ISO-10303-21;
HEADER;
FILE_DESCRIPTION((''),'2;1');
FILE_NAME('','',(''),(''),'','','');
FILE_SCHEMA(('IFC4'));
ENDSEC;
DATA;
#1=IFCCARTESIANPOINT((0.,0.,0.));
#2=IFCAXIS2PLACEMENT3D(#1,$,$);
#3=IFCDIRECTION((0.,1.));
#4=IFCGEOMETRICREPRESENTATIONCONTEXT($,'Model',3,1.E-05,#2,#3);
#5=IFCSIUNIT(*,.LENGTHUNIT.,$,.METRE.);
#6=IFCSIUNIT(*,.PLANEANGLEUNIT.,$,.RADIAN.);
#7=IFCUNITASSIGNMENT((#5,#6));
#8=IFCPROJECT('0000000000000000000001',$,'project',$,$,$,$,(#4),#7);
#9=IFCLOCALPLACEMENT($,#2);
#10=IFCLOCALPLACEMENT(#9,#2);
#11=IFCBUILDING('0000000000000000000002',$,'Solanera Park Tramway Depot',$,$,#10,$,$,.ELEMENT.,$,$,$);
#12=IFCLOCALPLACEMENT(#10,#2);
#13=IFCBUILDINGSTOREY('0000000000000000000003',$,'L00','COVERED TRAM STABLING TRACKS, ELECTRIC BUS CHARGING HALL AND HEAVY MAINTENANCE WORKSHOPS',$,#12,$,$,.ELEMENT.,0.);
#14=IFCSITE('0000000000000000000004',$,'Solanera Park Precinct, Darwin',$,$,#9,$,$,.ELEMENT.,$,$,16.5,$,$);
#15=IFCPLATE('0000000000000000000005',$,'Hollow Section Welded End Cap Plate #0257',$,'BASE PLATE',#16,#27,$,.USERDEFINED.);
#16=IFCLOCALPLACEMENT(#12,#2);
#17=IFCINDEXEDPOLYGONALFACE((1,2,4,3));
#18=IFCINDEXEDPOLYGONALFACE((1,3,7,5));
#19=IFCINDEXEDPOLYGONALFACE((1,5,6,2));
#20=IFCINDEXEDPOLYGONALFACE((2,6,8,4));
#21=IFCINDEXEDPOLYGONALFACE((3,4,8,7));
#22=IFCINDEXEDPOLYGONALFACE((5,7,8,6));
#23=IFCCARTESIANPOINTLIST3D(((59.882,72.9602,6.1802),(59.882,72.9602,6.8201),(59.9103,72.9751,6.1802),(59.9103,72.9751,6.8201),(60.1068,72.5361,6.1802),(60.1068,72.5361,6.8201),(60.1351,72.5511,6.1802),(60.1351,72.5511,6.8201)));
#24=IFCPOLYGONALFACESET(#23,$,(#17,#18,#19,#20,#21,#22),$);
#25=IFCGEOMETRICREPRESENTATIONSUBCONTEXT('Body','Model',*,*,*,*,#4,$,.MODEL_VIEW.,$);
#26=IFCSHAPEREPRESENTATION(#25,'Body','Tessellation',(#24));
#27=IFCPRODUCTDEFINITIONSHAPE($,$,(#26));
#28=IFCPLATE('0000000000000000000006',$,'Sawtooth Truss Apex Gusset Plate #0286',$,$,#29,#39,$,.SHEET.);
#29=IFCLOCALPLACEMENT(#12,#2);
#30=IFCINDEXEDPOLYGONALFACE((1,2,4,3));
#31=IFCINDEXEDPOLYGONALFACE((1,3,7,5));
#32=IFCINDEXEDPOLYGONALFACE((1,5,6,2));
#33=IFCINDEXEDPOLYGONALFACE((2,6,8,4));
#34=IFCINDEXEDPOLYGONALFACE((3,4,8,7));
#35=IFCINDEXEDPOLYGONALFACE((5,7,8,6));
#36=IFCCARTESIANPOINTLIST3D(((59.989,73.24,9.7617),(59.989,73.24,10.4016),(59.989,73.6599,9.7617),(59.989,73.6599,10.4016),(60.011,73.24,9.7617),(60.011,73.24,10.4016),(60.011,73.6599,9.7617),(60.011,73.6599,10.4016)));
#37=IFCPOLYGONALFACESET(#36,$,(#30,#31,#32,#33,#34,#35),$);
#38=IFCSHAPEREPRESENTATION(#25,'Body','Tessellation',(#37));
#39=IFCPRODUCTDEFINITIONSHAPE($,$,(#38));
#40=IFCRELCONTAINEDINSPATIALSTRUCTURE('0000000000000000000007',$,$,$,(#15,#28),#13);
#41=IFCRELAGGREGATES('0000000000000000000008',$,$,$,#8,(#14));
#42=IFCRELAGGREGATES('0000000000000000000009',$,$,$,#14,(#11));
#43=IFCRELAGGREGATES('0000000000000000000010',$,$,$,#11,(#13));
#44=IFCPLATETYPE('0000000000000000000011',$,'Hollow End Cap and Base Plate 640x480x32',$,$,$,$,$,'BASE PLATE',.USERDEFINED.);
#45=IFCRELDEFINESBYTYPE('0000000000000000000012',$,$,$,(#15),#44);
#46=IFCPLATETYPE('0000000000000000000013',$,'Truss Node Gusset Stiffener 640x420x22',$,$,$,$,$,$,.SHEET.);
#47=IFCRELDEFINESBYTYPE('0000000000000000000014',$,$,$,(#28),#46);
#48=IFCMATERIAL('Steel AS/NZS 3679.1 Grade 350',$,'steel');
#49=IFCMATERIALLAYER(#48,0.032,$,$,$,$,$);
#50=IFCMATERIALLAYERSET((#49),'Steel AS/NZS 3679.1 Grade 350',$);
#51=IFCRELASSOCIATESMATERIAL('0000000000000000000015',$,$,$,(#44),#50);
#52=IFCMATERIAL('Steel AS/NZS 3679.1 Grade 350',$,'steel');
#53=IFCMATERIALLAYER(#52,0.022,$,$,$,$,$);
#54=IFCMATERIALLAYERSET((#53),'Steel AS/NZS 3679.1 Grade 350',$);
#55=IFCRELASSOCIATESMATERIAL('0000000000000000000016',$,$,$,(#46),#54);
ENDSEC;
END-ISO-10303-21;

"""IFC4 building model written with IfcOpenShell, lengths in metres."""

from ifc_helpers import new_model, si_unit, direction, frame, origin, origin_2d, place, context, subcontext, project, spatial, rectangle, extrude, material, layer, layer_set, type_object, element, save


model = new_model("IFC4")

# Units and contexts
model_context = context("Model", 3, precision=1e-05, world=origin(), true_north=direction((0.0, 1.0)))
body_context = subcontext(model_context, "Body", "Model", "MODEL_VIEW")
ifc_project = project(units=[si_unit("LENGTHUNIT", "METRE"), si_unit("PLANEANGLEUNIT", "RADIAN")], contexts=[model_context])

# Site, building, storey
site_placement = place(None, origin())
site = spatial("IfcSite", under=ifc_project, at=site_placement, Name="Solanera Park Precinct, Darwin", CompositionType="ELEMENT", RefElevation=16.5)
building_placement = place(site_placement, origin())
building = spatial("IfcBuilding", under=site, at=building_placement, Name="Solanera Park Tramway Depot", CompositionType="ELEMENT")
storey_placement = place(building_placement, origin())
storey = spatial("IfcBuildingStorey", under=building, at=storey_placement, Name="L00", Description="COVERED TRAM STABLING TRACKS, ELECTRIC BUS CHARGING HALL AND HEAVY MAINTENANCE WORKSHOPS", CompositionType="ELEMENT", Elevation=0.0)

# Plates
ifc_material_1 = material(Name="Steel AS/NZS 3679.1 Grade 350", Category="steel")
ifc_layer_1 = layer(ifc_material_1, 0.032)
ifc_layer_set_1 = layer_set([ifc_layer_1], Name="Steel AS/NZS 3679.1 Grade 350")
plate_type_1 = type_object("IfcPlateType", Name="Hollow End Cap and Base Plate 640x480x32", ElementType="BASE PLATE", PredefinedType="USERDEFINED", material=ifc_layer_set_1)
plate_1_placement = place(storey_placement, frame((60.0085, 72.7556, 6.1802), z_axis=(0.0, 0.0, 1.0), x_axis=(0.883521, 0.468392, 0.0)))
element("IfcPlate", 1, at=plate_1_placement, inside=storey, type_object=plate_type_1, Name="Hollow Section Welded End Cap Plate #0257", ObjectType="BASE PLATE", PredefinedType="USERDEFINED", context=body_context, shape_type="SweptSolid", body=[
    extrude(rectangle(XDim=0.032, YDim=0.48, at=origin_2d()), origin(), (0.0, 0.0, 1.0), 0.6399),
])
ifc_material_2 = material(Name="Steel AS/NZS 3679.1 Grade 350", Category="steel")
ifc_layer_2 = layer(ifc_material_2, 0.022)
ifc_layer_set_2 = layer_set([ifc_layer_2], Name="Steel AS/NZS 3679.1 Grade 350")
plate_type_2 = type_object("IfcPlateType", Name="Truss Node Gusset Stiffener 640x420x22", PredefinedType="SHEET", material=ifc_layer_set_2)
plate_2_placement = place(storey_placement, frame((60.0, 73.45, 9.7617), z_axis=(0.0, 0.0, 1.0), x_axis=(1.0, 0.0, 0.0)))
element("IfcPlate", 2, at=plate_2_placement, inside=storey, type_object=plate_type_2, Name="Sawtooth Truss Apex Gusset Plate #0286", PredefinedType="SHEET", context=body_context, shape_type="SweptSolid", body=[
    extrude(rectangle(XDim=0.022, YDim=0.4199, at=origin_2d()), origin(), (0.0, 0.0, 1.0), 0.6399),
])

save(model, "model.ifc")
